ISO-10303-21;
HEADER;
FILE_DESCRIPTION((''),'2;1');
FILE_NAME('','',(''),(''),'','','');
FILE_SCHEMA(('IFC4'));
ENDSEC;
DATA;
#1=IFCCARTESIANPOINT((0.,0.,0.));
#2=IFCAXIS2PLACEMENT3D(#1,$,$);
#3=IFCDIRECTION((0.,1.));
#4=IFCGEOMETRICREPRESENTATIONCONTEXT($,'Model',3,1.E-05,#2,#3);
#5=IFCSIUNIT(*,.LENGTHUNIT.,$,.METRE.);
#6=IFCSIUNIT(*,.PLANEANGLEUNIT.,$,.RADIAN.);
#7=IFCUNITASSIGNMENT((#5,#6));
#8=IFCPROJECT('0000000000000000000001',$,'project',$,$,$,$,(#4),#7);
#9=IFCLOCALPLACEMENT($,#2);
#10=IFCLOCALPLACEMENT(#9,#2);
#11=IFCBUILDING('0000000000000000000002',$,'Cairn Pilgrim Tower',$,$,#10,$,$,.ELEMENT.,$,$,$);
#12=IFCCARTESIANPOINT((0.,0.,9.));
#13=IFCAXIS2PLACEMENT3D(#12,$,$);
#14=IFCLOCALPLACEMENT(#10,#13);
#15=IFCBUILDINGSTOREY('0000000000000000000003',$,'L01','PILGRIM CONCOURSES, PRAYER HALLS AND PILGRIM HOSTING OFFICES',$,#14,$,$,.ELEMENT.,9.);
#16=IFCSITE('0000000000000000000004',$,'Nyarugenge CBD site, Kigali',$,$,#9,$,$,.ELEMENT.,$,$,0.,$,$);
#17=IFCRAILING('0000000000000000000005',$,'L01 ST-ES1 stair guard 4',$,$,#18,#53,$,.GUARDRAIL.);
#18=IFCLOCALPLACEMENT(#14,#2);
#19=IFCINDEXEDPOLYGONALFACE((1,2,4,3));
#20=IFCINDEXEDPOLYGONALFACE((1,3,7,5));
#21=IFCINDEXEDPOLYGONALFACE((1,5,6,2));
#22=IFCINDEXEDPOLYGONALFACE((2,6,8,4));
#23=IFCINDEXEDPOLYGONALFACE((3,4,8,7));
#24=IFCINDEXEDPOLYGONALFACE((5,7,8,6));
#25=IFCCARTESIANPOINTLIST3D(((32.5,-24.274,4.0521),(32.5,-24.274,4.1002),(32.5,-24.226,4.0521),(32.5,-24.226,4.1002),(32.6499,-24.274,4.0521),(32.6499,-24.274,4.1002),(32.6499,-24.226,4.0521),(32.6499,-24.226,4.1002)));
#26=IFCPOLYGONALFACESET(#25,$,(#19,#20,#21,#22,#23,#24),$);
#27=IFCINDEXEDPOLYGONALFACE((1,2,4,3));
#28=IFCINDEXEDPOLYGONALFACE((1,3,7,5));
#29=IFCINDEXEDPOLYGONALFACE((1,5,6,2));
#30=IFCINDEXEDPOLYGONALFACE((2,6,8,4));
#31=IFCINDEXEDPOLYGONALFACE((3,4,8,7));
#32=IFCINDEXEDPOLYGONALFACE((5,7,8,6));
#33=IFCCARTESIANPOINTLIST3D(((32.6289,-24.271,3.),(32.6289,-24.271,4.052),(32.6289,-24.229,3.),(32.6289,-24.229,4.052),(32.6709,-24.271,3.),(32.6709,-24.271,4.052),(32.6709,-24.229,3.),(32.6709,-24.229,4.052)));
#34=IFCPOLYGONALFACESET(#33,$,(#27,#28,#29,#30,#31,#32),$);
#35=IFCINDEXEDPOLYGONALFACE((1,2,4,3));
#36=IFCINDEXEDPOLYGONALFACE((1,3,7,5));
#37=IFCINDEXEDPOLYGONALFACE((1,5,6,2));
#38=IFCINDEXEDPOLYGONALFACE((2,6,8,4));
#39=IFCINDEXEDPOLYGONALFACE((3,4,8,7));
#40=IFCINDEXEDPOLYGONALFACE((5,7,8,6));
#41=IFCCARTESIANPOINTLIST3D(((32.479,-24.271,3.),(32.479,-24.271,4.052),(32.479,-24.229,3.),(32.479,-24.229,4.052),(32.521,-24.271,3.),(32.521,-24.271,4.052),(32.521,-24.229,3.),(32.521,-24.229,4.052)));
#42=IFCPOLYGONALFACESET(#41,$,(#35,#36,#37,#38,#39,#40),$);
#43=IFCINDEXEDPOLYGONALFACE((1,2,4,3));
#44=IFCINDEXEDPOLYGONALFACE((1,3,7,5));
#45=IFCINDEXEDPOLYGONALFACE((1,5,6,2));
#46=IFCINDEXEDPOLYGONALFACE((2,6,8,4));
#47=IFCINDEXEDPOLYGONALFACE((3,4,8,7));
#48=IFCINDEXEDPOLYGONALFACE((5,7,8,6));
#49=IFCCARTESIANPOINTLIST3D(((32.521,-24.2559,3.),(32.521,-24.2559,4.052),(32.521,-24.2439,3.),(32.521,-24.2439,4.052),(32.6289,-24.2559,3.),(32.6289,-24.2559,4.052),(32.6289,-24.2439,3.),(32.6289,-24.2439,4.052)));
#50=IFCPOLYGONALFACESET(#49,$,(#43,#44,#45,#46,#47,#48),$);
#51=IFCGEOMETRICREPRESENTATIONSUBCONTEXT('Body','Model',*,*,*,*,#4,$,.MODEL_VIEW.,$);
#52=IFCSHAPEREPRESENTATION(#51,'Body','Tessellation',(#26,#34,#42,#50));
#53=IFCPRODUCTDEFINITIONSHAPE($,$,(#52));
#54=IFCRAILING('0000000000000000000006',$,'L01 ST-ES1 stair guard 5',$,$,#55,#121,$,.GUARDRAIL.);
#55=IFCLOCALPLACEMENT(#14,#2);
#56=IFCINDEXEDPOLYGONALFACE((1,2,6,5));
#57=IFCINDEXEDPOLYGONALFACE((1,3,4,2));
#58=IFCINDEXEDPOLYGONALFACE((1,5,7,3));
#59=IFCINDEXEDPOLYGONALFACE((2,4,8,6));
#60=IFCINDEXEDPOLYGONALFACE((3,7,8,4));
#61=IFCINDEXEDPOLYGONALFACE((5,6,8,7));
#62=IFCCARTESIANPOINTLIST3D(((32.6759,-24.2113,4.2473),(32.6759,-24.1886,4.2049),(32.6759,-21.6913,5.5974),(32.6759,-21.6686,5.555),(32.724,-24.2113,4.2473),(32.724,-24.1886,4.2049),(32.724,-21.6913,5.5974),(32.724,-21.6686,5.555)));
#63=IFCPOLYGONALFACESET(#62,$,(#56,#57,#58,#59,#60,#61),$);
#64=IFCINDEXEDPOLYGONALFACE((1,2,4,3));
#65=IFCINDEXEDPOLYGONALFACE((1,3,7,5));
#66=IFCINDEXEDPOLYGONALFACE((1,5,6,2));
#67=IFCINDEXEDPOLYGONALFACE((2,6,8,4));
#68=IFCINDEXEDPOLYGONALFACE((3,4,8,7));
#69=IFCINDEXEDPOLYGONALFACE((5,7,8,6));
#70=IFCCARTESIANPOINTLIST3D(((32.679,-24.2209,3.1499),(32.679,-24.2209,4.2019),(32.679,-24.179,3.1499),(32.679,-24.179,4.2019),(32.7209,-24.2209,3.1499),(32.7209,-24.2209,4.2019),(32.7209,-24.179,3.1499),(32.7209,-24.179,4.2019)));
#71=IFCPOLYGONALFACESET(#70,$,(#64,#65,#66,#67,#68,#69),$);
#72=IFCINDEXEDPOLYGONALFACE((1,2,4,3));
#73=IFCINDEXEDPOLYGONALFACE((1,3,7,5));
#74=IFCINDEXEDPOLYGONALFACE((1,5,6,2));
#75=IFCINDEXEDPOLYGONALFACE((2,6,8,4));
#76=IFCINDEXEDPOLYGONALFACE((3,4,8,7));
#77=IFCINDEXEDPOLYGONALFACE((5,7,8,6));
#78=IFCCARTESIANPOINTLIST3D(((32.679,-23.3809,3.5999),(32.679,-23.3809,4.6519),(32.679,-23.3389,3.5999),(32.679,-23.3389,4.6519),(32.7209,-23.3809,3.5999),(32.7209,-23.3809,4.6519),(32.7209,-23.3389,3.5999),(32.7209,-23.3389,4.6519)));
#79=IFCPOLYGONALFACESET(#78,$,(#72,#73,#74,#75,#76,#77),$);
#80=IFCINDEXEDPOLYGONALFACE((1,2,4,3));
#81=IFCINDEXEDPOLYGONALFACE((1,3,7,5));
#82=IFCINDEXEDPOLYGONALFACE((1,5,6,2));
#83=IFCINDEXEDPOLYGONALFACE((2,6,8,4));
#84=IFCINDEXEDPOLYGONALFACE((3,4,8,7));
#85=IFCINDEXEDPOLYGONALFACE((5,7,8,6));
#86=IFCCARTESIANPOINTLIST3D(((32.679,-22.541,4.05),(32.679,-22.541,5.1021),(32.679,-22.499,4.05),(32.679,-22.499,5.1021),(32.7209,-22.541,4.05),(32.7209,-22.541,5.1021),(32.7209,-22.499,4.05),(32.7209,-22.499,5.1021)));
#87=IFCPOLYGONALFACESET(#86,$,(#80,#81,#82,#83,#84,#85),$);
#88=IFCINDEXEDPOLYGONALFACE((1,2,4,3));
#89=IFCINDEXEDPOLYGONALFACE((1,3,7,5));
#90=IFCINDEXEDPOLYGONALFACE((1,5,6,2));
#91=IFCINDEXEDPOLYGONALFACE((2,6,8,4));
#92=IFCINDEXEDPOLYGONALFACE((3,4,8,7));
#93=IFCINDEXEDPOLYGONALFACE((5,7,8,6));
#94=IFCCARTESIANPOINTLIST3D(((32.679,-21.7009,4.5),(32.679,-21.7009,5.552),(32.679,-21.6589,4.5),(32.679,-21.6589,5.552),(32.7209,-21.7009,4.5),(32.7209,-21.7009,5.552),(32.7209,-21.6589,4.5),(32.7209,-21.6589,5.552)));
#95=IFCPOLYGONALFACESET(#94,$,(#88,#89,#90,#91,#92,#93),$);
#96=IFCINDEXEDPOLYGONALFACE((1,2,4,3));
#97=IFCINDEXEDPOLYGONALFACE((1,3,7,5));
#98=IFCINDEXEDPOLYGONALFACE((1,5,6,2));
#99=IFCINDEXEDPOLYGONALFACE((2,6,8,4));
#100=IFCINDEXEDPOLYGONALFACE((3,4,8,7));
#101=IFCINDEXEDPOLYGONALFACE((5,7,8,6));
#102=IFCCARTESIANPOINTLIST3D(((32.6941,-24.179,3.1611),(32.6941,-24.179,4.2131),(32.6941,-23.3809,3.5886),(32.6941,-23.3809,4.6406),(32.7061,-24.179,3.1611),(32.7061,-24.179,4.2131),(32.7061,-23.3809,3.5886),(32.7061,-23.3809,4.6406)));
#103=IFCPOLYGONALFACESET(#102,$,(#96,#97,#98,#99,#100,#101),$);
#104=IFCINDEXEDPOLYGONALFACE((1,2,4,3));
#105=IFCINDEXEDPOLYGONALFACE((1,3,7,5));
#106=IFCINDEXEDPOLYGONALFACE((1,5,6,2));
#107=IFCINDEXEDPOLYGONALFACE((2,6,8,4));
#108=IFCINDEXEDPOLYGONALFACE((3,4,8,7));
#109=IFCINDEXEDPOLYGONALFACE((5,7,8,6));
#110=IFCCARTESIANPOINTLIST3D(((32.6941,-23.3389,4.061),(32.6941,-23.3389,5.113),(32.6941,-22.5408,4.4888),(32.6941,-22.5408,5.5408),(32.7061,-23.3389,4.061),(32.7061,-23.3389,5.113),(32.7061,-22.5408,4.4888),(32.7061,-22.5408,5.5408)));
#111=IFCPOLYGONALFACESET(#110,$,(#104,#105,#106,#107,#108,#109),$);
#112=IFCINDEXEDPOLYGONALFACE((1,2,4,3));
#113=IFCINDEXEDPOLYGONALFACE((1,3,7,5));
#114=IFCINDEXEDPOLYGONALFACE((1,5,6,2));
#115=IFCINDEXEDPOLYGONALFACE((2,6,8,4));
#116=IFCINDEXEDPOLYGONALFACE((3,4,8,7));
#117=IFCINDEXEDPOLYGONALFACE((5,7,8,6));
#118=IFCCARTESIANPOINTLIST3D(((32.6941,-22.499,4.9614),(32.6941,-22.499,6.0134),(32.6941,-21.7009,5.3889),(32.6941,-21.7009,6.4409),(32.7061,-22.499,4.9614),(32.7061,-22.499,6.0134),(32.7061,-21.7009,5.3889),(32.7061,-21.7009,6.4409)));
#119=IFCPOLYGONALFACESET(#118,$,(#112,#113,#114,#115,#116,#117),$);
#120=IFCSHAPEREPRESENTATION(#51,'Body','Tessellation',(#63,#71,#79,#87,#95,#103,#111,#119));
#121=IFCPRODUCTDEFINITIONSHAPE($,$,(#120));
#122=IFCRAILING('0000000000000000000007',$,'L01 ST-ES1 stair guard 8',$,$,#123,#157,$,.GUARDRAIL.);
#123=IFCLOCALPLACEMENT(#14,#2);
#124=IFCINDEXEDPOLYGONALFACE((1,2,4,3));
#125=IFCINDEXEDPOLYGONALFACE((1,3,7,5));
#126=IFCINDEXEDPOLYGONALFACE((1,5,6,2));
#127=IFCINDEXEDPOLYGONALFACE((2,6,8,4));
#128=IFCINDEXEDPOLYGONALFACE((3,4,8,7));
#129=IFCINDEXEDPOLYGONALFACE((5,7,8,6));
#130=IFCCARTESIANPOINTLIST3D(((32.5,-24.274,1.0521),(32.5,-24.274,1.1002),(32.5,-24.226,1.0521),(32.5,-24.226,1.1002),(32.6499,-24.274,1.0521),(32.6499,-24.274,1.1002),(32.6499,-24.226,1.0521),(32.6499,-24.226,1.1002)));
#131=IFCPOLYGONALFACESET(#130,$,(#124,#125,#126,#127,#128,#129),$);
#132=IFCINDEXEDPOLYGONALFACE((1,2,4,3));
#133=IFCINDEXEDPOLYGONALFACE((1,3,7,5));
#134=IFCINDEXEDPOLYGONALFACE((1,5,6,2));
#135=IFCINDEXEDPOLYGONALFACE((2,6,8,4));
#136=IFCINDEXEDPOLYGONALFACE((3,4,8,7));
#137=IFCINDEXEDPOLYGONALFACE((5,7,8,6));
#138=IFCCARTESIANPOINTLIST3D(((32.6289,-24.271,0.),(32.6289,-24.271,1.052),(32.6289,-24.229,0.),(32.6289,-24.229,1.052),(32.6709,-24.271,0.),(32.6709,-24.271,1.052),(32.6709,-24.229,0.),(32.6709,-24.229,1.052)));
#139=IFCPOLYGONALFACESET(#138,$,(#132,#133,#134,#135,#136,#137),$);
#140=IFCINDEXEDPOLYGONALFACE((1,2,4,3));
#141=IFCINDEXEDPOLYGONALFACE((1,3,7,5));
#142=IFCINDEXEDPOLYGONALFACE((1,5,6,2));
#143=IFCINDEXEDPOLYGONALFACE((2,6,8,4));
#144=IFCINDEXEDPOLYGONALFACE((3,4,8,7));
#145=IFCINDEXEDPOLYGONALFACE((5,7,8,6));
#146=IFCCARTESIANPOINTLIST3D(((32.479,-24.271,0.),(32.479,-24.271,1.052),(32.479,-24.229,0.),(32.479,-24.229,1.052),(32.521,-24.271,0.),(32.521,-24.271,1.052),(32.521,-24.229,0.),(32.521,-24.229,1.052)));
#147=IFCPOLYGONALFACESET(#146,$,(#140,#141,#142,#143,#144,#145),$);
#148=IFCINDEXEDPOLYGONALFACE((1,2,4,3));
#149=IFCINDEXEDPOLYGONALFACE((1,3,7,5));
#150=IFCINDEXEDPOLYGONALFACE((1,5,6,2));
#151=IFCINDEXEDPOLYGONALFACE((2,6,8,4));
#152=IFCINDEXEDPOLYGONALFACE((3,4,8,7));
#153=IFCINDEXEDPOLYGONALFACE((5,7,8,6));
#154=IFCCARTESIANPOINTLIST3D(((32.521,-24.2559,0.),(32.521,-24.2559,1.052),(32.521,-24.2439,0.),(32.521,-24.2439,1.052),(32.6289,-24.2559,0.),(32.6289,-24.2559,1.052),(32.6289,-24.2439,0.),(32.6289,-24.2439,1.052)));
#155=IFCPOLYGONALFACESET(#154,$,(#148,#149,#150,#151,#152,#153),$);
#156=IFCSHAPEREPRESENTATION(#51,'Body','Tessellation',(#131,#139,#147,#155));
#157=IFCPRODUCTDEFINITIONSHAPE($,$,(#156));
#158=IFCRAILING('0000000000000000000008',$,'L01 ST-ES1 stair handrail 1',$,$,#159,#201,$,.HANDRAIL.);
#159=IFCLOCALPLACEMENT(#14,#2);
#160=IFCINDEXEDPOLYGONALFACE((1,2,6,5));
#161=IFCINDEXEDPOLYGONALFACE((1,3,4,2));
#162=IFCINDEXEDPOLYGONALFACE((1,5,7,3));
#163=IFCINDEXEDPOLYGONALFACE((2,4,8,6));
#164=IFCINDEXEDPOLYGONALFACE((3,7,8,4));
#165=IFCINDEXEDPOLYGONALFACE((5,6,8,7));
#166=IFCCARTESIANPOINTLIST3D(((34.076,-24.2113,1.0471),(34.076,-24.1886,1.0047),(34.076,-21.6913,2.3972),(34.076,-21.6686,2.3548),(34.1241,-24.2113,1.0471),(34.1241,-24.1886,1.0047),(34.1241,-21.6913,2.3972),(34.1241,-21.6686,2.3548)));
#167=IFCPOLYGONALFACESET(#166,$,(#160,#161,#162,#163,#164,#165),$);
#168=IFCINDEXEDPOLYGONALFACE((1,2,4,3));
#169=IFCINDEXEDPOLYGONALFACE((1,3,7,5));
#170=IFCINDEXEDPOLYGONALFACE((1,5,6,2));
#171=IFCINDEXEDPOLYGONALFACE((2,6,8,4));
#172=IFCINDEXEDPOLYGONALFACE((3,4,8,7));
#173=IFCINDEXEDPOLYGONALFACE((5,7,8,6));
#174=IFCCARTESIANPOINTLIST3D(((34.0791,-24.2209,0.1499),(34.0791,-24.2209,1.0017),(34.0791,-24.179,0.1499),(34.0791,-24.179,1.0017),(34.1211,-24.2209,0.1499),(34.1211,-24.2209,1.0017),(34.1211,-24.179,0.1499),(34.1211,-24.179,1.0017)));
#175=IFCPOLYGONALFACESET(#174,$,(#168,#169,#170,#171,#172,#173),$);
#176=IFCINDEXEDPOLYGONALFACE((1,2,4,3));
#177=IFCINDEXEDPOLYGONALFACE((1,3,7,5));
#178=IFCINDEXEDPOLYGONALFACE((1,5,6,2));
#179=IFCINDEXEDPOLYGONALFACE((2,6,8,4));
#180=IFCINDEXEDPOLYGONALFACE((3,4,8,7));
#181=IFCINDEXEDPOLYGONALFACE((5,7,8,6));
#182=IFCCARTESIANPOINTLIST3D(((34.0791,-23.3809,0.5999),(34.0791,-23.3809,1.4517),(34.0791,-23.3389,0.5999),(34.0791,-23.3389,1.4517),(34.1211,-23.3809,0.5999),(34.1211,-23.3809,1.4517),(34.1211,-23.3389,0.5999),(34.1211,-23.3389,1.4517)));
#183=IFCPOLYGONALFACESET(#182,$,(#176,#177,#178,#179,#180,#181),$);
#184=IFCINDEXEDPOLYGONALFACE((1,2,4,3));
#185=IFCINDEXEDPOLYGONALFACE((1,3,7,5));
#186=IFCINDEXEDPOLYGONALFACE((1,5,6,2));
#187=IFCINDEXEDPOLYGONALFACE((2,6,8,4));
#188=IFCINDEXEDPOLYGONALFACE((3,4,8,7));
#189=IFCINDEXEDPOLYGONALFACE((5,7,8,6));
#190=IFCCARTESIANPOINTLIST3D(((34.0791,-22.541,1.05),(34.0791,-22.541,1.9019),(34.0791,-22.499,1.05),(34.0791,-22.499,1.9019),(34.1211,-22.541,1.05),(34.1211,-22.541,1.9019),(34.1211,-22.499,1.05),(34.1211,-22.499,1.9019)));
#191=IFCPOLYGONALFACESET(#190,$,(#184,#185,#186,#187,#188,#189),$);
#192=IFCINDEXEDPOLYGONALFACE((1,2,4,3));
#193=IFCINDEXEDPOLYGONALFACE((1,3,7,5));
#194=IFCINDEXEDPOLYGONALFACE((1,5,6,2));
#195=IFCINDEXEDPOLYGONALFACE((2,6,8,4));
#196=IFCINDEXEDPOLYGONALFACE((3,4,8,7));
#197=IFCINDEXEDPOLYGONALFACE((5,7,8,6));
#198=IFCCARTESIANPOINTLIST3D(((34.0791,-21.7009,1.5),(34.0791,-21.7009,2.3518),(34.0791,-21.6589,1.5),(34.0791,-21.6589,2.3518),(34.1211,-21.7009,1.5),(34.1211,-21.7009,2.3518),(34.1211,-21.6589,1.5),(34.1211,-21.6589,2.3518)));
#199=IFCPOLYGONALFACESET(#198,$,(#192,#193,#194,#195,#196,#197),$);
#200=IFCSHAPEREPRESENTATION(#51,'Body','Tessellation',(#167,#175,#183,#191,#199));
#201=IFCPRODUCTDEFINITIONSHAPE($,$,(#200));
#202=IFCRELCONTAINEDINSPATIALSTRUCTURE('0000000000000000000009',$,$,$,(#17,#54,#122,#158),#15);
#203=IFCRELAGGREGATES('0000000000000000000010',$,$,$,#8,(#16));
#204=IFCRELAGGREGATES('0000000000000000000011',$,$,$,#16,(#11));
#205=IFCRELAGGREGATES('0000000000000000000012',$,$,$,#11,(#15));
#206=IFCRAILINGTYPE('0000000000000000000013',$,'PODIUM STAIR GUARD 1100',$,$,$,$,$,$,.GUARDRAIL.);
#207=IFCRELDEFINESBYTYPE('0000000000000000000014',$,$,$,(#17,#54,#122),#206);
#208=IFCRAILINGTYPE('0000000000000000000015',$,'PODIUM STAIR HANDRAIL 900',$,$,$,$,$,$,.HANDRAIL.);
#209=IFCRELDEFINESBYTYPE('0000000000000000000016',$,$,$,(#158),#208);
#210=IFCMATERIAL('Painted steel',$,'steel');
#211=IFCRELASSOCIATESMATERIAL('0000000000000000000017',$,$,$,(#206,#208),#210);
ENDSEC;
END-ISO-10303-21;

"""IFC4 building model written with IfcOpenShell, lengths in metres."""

from ifc_helpers import new_model, si_unit, direction, frame, origin, origin_2d, place, context, subcontext, project, spatial, polyline, rectangle, outline, extrude, material, type_object, element, save


model = new_model("IFC4")

# Units and contexts
model_context = context("Model", 3, precision=1e-05, world=origin(), true_north=direction((0.0, 1.0)))
body_context = subcontext(model_context, "Body", "Model", "MODEL_VIEW")
ifc_project = project(units=[si_unit("LENGTHUNIT", "METRE"), si_unit("PLANEANGLEUNIT", "RADIAN")], contexts=[model_context])

# Site, building, storey
site_placement = place(None, origin())
site = spatial("IfcSite", under=ifc_project, at=site_placement, Name="Nyarugenge CBD site, Kigali", CompositionType="ELEMENT", RefElevation=0.0)
building_placement = place(site_placement, origin())
building = spatial("IfcBuilding", under=site, at=building_placement, Name="Cairn Pilgrim Tower", CompositionType="ELEMENT")
storey_placement = place(building_placement, frame((0.0, 0.0, 9.0)))
storey = spatial("IfcBuildingStorey", under=building, at=storey_placement, Name="L01", Description="PILGRIM CONCOURSES, PRAYER HALLS AND PILGRIM HOSTING OFFICES", CompositionType="ELEMENT", Elevation=9.0)

# Railings
ifc_material_1 = material(Name="Painted steel", Category="steel")
railing_type_1 = type_object("IfcRailingType", Name="PODIUM STAIR GUARD 1100", PredefinedType="GUARDRAIL", material=ifc_material_1)
railing_1_placement = place(storey_placement, frame((32.6499, -24.25, 3.0)))
element("IfcRailing", 1, at=railing_1_placement, inside=storey, type_object=railing_type_1, Name="L01 ST-ES1 stair guard 4", PredefinedType="GUARDRAIL", context=body_context, shape_type="SweptSolid", body=[
    extrude(rectangle(XDim=0.0481, YDim=0.0481, at=origin_2d()), frame((0.0, 0.0, 1.0762), z_axis=(-1.0, 0.0, 0.0), x_axis=(0.0, -1.0, 0.0)), (0.0, 0.0, 1.0), 0.1499),
    extrude(rectangle(XDim=0.042, YDim=0.042, at=origin_2d()), origin(), (0.0, 0.0, 1.0), 1.052),
    extrude(rectangle(XDim=0.042, YDim=0.042, at=origin_2d()), frame((-0.1499, 0.0, 0.0)), (0.0, 0.0, 1.0), 1.052),
    extrude(outline(polyline([(0.021, 0.0), (0.1289, 0.0), (0.1289, 1.052), (0.021, 1.052), (0.021, 0.0)])), frame((0.0, -0.0059, 0.0), z_axis=(0.0, 1.0, 0.0), x_axis=(-1.0, 0.0, 0.0)), (0.0, 0.0, 1.0), 0.012),
])
railing_2_placement = place(storey_placement, frame((32.7, -24.2, 3.1499)))
element("IfcRailing", 2, at=railing_2_placement, inside=storey, type_object=railing_type_1, Name="L01 ST-ES1 stair guard 5", PredefinedType="GUARDRAIL", context=body_context, shape_type="SweptSolid", body=[
    extrude(rectangle(XDim=0.0481, YDim=0.0481, at=origin_2d()), frame((0.0, 0.0, 1.0762), z_axis=(0.0, 0.881467, 0.472245), x_axis=(-1.0, 0.0, 0.0)), (0.0, 0.0, 1.0), 2.8589),
    extrude(rectangle(XDim=0.042, YDim=0.042, at=origin_2d()), origin(), (0.0, 0.0, 1.0), 1.052),
    extrude(rectangle(XDim=0.042, YDim=0.042, at=origin_2d()), frame((0.0, 0.8401, 0.45)), (0.0, 0.0, 1.0), 1.052),
    extrude(rectangle(XDim=0.042, YDim=0.042, at=origin_2d()), frame((0.0, 1.6799, 0.9001)), (0.0, 0.0, 1.0), 1.052),
    extrude(rectangle(XDim=0.042, YDim=0.042, at=origin_2d()), frame((0.0, 2.52, 1.3501)), (0.0, 0.0, 1.0), 1.052),
    extrude(outline(polyline([(0.021, 0.0112), (0.8191, 0.4387), (0.8191, 1.4907), (0.021, 1.0632), (0.021, 0.0112)])), frame((-0.0059, 0.0, 0.0), z_axis=(1.0, 0.0, 0.0), x_axis=(0.0, 1.0, 0.0)), (0.0, 0.0, 1.0), 0.012),
    extrude(outline(polyline([(0.021, 0.4612), (0.8191, 0.8889), (0.8191, 1.9409), (0.021, 1.5132), (0.021, 0.4612)])), frame((-0.0059, 0.8401, 0.45), z_axis=(1.0, 0.0, 0.0), x_axis=(0.0, 1.0, 0.0)), (0.0, 0.0, 1.0), 0.012),
    extrude(outline(polyline([(0.021, 0.9114), (0.8191, 1.3389), (0.8191, 2.3909), (0.021, 1.9634), (0.021, 0.9114)])), frame((-0.0059, 1.6799, 0.9001), z_axis=(1.0, 0.0, 0.0), x_axis=(0.0, 1.0, 0.0)), (0.0, 0.0, 1.0), 0.012),
])
railing_3_placement = place(storey_placement, frame((32.6499, -24.25, 0.0)))
element("IfcRailing", 3, at=railing_3_placement, inside=storey, type_object=railing_type_1, Name="L01 ST-ES1 stair guard 8", PredefinedType="GUARDRAIL", context=body_context, shape_type="SweptSolid", body=[
    extrude(rectangle(XDim=0.0481, YDim=0.0481, at=origin_2d()), frame((0.0, 0.0, 1.0762), z_axis=(-1.0, 0.0, 0.0), x_axis=(0.0, -1.0, 0.0)), (0.0, 0.0, 1.0), 0.1499),
    extrude(rectangle(XDim=0.042, YDim=0.042, at=origin_2d()), origin(), (0.0, 0.0, 1.0), 1.052),
    extrude(rectangle(XDim=0.042, YDim=0.042, at=origin_2d()), frame((-0.1499, 0.0, 0.0)), (0.0, 0.0, 1.0), 1.052),
    extrude(outline(polyline([(0.021, 0.0), (0.1289, 0.0), (0.1289, 1.052), (0.021, 1.052), (0.021, 0.0)])), frame((0.0, -0.0059, 0.0), z_axis=(0.0, 1.0, 0.0), x_axis=(-1.0, 0.0, 0.0)), (0.0, 0.0, 1.0), 0.012),
])
railing_type_2 = type_object("IfcRailingType", Name="PODIUM STAIR HANDRAIL 900", PredefinedType="HANDRAIL", material=ifc_material_1)
for number, where, name in (
    (4, (34.1001, -24.2, 0.1499), "L01 ST-ES1 stair handrail 1"),
):
    element("IfcRailing", number, at=place(storey_placement, frame(where)), inside=storey, type_object=railing_type_2, Name=name, PredefinedType="HANDRAIL", context=body_context, shape_type="SweptSolid", body=[
        extrude(rectangle(XDim=0.0481, YDim=0.0481, at=origin_2d()), frame((0.0, 0.0, 0.876), z_axis=(0.0, 0.881467, 0.472245), x_axis=(-1.0, 0.0, 0.0)), (0.0, 0.0, 1.0), 2.8589),
        extrude(rectangle(XDim=0.042, YDim=0.042, at=origin_2d()), origin(), (0.0, 0.0, 1.0), 0.8518),
        extrude(rectangle(XDim=0.042, YDim=0.042, at=origin_2d()), frame((0.0, 0.8401, 0.45)), (0.0, 0.0, 1.0), 0.8518),
        extrude(rectangle(XDim=0.042, YDim=0.042, at=origin_2d()), frame((0.0, 1.6799, 0.9001)), (0.0, 0.0, 1.0), 0.8518),
        extrude(rectangle(XDim=0.042, YDim=0.042, at=origin_2d()), frame((0.0, 2.52, 1.3501)), (0.0, 0.0, 1.0), 0.8518),
    ])

save(model, "model.ifc")
